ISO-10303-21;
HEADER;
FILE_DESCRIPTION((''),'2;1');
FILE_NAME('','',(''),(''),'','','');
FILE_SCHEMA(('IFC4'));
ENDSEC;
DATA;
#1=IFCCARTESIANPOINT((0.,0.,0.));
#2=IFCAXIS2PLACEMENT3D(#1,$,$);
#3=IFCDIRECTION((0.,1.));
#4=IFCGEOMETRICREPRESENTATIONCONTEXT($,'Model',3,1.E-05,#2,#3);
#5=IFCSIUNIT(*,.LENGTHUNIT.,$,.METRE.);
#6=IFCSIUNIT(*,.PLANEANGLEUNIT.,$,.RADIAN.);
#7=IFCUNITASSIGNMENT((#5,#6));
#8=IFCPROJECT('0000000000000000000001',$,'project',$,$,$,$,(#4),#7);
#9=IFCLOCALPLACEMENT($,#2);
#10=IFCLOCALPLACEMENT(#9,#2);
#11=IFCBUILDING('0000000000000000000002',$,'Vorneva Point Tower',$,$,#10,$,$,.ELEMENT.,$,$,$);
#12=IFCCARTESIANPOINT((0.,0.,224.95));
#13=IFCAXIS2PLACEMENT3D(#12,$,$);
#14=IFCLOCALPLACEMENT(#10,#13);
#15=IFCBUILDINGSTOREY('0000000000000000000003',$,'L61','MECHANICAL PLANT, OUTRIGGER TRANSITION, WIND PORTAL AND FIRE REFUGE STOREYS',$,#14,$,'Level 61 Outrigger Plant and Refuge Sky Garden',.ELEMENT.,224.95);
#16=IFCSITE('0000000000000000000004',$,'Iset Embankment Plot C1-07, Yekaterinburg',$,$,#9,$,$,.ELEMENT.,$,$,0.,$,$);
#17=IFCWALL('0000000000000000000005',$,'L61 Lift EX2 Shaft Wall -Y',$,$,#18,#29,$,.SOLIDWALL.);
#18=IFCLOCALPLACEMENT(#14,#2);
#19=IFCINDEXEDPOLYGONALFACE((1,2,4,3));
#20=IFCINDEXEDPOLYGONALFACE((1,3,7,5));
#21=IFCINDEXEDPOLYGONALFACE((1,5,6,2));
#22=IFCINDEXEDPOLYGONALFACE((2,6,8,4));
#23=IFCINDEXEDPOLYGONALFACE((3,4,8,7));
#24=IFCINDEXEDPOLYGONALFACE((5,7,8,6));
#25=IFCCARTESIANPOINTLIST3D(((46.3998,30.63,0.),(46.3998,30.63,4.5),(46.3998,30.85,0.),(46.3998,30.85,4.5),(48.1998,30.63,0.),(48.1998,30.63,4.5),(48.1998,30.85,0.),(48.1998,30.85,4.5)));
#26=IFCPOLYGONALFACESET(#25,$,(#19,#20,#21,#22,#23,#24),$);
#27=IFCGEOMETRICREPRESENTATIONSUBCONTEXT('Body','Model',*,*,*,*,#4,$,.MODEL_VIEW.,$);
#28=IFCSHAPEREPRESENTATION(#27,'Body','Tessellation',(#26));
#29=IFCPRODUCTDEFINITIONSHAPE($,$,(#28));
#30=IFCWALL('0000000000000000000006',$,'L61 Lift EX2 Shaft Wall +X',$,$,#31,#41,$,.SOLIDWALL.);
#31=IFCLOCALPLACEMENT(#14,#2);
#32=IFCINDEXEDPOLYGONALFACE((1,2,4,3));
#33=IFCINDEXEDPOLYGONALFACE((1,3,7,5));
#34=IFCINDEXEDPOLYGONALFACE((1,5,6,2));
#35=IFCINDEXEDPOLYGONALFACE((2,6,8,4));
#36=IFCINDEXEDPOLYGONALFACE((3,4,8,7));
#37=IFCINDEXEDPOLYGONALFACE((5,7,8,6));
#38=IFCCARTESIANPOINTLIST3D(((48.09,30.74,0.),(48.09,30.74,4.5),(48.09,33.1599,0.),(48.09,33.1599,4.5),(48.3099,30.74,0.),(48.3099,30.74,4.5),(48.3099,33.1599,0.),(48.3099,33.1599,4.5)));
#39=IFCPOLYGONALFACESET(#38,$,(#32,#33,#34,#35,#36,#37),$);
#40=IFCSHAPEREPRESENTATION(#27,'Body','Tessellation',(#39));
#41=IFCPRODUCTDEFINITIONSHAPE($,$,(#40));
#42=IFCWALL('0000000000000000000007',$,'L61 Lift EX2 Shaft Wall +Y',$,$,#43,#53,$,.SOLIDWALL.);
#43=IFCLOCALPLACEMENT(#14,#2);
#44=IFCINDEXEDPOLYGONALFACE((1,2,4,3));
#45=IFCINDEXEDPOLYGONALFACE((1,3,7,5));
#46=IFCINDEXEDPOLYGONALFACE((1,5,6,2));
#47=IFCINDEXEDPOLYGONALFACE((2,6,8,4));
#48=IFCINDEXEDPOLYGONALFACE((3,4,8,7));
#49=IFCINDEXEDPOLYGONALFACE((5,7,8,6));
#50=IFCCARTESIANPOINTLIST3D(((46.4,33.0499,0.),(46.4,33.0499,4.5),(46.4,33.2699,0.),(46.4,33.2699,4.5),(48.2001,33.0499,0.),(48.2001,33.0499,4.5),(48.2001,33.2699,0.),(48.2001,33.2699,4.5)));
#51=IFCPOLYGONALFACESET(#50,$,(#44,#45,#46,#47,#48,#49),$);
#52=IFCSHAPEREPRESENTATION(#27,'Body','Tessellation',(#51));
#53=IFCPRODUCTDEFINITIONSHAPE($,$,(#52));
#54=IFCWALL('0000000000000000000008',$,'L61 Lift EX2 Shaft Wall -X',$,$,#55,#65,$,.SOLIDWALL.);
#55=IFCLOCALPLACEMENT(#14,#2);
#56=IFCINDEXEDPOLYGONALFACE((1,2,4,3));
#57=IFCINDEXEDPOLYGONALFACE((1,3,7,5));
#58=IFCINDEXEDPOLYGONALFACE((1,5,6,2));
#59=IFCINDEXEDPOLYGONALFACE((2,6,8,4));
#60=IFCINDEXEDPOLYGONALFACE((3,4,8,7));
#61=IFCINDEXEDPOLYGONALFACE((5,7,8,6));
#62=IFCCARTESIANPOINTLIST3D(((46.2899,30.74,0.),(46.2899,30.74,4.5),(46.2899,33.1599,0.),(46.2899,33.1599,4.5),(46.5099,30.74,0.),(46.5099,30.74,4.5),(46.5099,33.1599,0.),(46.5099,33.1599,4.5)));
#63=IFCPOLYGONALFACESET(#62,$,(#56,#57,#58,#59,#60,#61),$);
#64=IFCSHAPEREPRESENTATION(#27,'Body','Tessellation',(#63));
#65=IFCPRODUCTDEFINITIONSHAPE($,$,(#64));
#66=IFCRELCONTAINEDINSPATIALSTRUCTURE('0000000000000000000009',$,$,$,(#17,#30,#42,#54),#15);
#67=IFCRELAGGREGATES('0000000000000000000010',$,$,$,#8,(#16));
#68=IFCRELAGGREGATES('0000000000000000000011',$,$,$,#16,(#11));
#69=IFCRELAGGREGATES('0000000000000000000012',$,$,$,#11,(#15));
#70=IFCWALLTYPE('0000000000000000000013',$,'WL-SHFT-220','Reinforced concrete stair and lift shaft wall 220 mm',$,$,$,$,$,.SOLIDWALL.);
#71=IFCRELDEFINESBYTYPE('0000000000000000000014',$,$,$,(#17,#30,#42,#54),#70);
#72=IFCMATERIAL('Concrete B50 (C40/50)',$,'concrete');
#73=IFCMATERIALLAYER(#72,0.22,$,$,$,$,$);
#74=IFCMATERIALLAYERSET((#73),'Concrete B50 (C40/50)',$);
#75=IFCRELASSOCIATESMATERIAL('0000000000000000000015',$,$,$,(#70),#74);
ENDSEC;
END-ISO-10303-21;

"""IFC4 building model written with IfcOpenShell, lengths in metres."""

from ifc_helpers import new_model, si_unit, direction, frame, frame_2d, origin, place, context, subcontext, project, spatial, rectangle, extrude, material, layer, layer_set, type_object, element, save


model = new_model("IFC4")

# Units and contexts
model_context = context("Model", 3, precision=1e-05, world=origin(), true_north=direction((0.0, 1.0)))
body_context = subcontext(model_context, "Body", "Model", "MODEL_VIEW")
ifc_project = project(units=[si_unit("LENGTHUNIT", "METRE"), si_unit("PLANEANGLEUNIT", "RADIAN")], contexts=[model_context])

# Site, building, storey
site_placement = place(None, origin())
site = spatial("IfcSite", under=ifc_project, at=site_placement, Name="Iset Embankment Plot C1-07, Yekaterinburg", CompositionType="ELEMENT", RefElevation=0.0)
building_placement = place(site_placement, origin())
building = spatial("IfcBuilding", under=site, at=building_placement, Name="Vorneva Point Tower", CompositionType="ELEMENT")
storey_placement = place(building_placement, frame((0.0, 0.0, 224.95)))
storey = spatial("IfcBuildingStorey", under=building, at=storey_placement, Name="L61", Description="MECHANICAL PLANT, OUTRIGGER TRANSITION, WIND PORTAL AND FIRE REFUGE STOREYS", LongName="Level 61 Outrigger Plant and Refuge Sky Garden", CompositionType="ELEMENT", Elevation=224.95)

# Shared definitions
ifc_material_1 = material(Name="Concrete B50 (C40/50)", Category="concrete")

# Walls
ifc_layer_1 = layer(ifc_material_1, 0.22)
ifc_layer_set_1 = layer_set([ifc_layer_1], Name="Concrete B50 (C40/50)")
wall_type_1 = type_object("IfcWallType", Name="WL-SHFT-220", Description="Reinforced concrete stair and lift shaft wall 220 mm", PredefinedType="SOLIDWALL", material=ifc_layer_set_1)
wall_1_placement = place(storey_placement, frame((46.3999, 30.74, 0.0), z_axis=(0.0, 0.0, 1.0), x_axis=(1.0, 0.0, 0.0)))
element("IfcWall", 1, at=wall_1_placement, inside=storey, type_object=wall_type_1, Name="L61 Lift EX2 Shaft Wall -Y", PredefinedType="SOLIDWALL", context=body_context, shape_type="SweptSolid", body=[
    extrude(rectangle(XDim=1.8, YDim=0.22, at=frame_2d((0.8999, 0.0))), origin(), (0.0, 0.0, 1.0), 4.5),
])
wall_2_placement = place(storey_placement, frame((48.2, 30.74, 0.0), z_axis=(0.0, 0.0, 1.0), x_axis=(0.0, 1.0, 0.0)))
element("IfcWall", 2, at=wall_2_placement, inside=storey, type_object=wall_type_1, Name="L61 Lift EX2 Shaft Wall +X", PredefinedType="SOLIDWALL", context=body_context, shape_type="SweptSolid", body=[
    extrude(rectangle(XDim=2.4199, YDim=0.22, at=frame_2d((1.21, 0.0))), origin(), (0.0, 0.0, 1.0), 4.5),
])
wall_3_placement = place(storey_placement, frame((48.2, 33.1599, 0.0), z_axis=(0.0, 0.0, 1.0), x_axis=(-1.0, 0.0, 0.0)))
element("IfcWall", 3, at=wall_3_placement, inside=storey, type_object=wall_type_1, Name="L61 Lift EX2 Shaft Wall +Y", PredefinedType="SOLIDWALL", context=body_context, shape_type="SweptSolid", body=[
    extrude(rectangle(XDim=1.8, YDim=0.22, at=frame_2d((0.8999, 0.0))), origin(), (0.0, 0.0, 1.0), 4.5),
])
wall_4_placement = place(storey_placement, frame((46.3999, 33.1599, 0.0), z_axis=(0.0, 0.0, 1.0), x_axis=(0.0, -1.0, 0.0)))
element("IfcWall", 4, at=wall_4_placement, inside=storey, type_object=wall_type_1, Name="L61 Lift EX2 Shaft Wall -X", PredefinedType="SOLIDWALL", context=body_context, shape_type="SweptSolid", body=[
    extrude(rectangle(XDim=2.4199, YDim=0.22, at=frame_2d((1.21, 0.0))), origin(), (0.0, 0.0, 1.0), 4.5),
])

save(model, "model.ifc")
